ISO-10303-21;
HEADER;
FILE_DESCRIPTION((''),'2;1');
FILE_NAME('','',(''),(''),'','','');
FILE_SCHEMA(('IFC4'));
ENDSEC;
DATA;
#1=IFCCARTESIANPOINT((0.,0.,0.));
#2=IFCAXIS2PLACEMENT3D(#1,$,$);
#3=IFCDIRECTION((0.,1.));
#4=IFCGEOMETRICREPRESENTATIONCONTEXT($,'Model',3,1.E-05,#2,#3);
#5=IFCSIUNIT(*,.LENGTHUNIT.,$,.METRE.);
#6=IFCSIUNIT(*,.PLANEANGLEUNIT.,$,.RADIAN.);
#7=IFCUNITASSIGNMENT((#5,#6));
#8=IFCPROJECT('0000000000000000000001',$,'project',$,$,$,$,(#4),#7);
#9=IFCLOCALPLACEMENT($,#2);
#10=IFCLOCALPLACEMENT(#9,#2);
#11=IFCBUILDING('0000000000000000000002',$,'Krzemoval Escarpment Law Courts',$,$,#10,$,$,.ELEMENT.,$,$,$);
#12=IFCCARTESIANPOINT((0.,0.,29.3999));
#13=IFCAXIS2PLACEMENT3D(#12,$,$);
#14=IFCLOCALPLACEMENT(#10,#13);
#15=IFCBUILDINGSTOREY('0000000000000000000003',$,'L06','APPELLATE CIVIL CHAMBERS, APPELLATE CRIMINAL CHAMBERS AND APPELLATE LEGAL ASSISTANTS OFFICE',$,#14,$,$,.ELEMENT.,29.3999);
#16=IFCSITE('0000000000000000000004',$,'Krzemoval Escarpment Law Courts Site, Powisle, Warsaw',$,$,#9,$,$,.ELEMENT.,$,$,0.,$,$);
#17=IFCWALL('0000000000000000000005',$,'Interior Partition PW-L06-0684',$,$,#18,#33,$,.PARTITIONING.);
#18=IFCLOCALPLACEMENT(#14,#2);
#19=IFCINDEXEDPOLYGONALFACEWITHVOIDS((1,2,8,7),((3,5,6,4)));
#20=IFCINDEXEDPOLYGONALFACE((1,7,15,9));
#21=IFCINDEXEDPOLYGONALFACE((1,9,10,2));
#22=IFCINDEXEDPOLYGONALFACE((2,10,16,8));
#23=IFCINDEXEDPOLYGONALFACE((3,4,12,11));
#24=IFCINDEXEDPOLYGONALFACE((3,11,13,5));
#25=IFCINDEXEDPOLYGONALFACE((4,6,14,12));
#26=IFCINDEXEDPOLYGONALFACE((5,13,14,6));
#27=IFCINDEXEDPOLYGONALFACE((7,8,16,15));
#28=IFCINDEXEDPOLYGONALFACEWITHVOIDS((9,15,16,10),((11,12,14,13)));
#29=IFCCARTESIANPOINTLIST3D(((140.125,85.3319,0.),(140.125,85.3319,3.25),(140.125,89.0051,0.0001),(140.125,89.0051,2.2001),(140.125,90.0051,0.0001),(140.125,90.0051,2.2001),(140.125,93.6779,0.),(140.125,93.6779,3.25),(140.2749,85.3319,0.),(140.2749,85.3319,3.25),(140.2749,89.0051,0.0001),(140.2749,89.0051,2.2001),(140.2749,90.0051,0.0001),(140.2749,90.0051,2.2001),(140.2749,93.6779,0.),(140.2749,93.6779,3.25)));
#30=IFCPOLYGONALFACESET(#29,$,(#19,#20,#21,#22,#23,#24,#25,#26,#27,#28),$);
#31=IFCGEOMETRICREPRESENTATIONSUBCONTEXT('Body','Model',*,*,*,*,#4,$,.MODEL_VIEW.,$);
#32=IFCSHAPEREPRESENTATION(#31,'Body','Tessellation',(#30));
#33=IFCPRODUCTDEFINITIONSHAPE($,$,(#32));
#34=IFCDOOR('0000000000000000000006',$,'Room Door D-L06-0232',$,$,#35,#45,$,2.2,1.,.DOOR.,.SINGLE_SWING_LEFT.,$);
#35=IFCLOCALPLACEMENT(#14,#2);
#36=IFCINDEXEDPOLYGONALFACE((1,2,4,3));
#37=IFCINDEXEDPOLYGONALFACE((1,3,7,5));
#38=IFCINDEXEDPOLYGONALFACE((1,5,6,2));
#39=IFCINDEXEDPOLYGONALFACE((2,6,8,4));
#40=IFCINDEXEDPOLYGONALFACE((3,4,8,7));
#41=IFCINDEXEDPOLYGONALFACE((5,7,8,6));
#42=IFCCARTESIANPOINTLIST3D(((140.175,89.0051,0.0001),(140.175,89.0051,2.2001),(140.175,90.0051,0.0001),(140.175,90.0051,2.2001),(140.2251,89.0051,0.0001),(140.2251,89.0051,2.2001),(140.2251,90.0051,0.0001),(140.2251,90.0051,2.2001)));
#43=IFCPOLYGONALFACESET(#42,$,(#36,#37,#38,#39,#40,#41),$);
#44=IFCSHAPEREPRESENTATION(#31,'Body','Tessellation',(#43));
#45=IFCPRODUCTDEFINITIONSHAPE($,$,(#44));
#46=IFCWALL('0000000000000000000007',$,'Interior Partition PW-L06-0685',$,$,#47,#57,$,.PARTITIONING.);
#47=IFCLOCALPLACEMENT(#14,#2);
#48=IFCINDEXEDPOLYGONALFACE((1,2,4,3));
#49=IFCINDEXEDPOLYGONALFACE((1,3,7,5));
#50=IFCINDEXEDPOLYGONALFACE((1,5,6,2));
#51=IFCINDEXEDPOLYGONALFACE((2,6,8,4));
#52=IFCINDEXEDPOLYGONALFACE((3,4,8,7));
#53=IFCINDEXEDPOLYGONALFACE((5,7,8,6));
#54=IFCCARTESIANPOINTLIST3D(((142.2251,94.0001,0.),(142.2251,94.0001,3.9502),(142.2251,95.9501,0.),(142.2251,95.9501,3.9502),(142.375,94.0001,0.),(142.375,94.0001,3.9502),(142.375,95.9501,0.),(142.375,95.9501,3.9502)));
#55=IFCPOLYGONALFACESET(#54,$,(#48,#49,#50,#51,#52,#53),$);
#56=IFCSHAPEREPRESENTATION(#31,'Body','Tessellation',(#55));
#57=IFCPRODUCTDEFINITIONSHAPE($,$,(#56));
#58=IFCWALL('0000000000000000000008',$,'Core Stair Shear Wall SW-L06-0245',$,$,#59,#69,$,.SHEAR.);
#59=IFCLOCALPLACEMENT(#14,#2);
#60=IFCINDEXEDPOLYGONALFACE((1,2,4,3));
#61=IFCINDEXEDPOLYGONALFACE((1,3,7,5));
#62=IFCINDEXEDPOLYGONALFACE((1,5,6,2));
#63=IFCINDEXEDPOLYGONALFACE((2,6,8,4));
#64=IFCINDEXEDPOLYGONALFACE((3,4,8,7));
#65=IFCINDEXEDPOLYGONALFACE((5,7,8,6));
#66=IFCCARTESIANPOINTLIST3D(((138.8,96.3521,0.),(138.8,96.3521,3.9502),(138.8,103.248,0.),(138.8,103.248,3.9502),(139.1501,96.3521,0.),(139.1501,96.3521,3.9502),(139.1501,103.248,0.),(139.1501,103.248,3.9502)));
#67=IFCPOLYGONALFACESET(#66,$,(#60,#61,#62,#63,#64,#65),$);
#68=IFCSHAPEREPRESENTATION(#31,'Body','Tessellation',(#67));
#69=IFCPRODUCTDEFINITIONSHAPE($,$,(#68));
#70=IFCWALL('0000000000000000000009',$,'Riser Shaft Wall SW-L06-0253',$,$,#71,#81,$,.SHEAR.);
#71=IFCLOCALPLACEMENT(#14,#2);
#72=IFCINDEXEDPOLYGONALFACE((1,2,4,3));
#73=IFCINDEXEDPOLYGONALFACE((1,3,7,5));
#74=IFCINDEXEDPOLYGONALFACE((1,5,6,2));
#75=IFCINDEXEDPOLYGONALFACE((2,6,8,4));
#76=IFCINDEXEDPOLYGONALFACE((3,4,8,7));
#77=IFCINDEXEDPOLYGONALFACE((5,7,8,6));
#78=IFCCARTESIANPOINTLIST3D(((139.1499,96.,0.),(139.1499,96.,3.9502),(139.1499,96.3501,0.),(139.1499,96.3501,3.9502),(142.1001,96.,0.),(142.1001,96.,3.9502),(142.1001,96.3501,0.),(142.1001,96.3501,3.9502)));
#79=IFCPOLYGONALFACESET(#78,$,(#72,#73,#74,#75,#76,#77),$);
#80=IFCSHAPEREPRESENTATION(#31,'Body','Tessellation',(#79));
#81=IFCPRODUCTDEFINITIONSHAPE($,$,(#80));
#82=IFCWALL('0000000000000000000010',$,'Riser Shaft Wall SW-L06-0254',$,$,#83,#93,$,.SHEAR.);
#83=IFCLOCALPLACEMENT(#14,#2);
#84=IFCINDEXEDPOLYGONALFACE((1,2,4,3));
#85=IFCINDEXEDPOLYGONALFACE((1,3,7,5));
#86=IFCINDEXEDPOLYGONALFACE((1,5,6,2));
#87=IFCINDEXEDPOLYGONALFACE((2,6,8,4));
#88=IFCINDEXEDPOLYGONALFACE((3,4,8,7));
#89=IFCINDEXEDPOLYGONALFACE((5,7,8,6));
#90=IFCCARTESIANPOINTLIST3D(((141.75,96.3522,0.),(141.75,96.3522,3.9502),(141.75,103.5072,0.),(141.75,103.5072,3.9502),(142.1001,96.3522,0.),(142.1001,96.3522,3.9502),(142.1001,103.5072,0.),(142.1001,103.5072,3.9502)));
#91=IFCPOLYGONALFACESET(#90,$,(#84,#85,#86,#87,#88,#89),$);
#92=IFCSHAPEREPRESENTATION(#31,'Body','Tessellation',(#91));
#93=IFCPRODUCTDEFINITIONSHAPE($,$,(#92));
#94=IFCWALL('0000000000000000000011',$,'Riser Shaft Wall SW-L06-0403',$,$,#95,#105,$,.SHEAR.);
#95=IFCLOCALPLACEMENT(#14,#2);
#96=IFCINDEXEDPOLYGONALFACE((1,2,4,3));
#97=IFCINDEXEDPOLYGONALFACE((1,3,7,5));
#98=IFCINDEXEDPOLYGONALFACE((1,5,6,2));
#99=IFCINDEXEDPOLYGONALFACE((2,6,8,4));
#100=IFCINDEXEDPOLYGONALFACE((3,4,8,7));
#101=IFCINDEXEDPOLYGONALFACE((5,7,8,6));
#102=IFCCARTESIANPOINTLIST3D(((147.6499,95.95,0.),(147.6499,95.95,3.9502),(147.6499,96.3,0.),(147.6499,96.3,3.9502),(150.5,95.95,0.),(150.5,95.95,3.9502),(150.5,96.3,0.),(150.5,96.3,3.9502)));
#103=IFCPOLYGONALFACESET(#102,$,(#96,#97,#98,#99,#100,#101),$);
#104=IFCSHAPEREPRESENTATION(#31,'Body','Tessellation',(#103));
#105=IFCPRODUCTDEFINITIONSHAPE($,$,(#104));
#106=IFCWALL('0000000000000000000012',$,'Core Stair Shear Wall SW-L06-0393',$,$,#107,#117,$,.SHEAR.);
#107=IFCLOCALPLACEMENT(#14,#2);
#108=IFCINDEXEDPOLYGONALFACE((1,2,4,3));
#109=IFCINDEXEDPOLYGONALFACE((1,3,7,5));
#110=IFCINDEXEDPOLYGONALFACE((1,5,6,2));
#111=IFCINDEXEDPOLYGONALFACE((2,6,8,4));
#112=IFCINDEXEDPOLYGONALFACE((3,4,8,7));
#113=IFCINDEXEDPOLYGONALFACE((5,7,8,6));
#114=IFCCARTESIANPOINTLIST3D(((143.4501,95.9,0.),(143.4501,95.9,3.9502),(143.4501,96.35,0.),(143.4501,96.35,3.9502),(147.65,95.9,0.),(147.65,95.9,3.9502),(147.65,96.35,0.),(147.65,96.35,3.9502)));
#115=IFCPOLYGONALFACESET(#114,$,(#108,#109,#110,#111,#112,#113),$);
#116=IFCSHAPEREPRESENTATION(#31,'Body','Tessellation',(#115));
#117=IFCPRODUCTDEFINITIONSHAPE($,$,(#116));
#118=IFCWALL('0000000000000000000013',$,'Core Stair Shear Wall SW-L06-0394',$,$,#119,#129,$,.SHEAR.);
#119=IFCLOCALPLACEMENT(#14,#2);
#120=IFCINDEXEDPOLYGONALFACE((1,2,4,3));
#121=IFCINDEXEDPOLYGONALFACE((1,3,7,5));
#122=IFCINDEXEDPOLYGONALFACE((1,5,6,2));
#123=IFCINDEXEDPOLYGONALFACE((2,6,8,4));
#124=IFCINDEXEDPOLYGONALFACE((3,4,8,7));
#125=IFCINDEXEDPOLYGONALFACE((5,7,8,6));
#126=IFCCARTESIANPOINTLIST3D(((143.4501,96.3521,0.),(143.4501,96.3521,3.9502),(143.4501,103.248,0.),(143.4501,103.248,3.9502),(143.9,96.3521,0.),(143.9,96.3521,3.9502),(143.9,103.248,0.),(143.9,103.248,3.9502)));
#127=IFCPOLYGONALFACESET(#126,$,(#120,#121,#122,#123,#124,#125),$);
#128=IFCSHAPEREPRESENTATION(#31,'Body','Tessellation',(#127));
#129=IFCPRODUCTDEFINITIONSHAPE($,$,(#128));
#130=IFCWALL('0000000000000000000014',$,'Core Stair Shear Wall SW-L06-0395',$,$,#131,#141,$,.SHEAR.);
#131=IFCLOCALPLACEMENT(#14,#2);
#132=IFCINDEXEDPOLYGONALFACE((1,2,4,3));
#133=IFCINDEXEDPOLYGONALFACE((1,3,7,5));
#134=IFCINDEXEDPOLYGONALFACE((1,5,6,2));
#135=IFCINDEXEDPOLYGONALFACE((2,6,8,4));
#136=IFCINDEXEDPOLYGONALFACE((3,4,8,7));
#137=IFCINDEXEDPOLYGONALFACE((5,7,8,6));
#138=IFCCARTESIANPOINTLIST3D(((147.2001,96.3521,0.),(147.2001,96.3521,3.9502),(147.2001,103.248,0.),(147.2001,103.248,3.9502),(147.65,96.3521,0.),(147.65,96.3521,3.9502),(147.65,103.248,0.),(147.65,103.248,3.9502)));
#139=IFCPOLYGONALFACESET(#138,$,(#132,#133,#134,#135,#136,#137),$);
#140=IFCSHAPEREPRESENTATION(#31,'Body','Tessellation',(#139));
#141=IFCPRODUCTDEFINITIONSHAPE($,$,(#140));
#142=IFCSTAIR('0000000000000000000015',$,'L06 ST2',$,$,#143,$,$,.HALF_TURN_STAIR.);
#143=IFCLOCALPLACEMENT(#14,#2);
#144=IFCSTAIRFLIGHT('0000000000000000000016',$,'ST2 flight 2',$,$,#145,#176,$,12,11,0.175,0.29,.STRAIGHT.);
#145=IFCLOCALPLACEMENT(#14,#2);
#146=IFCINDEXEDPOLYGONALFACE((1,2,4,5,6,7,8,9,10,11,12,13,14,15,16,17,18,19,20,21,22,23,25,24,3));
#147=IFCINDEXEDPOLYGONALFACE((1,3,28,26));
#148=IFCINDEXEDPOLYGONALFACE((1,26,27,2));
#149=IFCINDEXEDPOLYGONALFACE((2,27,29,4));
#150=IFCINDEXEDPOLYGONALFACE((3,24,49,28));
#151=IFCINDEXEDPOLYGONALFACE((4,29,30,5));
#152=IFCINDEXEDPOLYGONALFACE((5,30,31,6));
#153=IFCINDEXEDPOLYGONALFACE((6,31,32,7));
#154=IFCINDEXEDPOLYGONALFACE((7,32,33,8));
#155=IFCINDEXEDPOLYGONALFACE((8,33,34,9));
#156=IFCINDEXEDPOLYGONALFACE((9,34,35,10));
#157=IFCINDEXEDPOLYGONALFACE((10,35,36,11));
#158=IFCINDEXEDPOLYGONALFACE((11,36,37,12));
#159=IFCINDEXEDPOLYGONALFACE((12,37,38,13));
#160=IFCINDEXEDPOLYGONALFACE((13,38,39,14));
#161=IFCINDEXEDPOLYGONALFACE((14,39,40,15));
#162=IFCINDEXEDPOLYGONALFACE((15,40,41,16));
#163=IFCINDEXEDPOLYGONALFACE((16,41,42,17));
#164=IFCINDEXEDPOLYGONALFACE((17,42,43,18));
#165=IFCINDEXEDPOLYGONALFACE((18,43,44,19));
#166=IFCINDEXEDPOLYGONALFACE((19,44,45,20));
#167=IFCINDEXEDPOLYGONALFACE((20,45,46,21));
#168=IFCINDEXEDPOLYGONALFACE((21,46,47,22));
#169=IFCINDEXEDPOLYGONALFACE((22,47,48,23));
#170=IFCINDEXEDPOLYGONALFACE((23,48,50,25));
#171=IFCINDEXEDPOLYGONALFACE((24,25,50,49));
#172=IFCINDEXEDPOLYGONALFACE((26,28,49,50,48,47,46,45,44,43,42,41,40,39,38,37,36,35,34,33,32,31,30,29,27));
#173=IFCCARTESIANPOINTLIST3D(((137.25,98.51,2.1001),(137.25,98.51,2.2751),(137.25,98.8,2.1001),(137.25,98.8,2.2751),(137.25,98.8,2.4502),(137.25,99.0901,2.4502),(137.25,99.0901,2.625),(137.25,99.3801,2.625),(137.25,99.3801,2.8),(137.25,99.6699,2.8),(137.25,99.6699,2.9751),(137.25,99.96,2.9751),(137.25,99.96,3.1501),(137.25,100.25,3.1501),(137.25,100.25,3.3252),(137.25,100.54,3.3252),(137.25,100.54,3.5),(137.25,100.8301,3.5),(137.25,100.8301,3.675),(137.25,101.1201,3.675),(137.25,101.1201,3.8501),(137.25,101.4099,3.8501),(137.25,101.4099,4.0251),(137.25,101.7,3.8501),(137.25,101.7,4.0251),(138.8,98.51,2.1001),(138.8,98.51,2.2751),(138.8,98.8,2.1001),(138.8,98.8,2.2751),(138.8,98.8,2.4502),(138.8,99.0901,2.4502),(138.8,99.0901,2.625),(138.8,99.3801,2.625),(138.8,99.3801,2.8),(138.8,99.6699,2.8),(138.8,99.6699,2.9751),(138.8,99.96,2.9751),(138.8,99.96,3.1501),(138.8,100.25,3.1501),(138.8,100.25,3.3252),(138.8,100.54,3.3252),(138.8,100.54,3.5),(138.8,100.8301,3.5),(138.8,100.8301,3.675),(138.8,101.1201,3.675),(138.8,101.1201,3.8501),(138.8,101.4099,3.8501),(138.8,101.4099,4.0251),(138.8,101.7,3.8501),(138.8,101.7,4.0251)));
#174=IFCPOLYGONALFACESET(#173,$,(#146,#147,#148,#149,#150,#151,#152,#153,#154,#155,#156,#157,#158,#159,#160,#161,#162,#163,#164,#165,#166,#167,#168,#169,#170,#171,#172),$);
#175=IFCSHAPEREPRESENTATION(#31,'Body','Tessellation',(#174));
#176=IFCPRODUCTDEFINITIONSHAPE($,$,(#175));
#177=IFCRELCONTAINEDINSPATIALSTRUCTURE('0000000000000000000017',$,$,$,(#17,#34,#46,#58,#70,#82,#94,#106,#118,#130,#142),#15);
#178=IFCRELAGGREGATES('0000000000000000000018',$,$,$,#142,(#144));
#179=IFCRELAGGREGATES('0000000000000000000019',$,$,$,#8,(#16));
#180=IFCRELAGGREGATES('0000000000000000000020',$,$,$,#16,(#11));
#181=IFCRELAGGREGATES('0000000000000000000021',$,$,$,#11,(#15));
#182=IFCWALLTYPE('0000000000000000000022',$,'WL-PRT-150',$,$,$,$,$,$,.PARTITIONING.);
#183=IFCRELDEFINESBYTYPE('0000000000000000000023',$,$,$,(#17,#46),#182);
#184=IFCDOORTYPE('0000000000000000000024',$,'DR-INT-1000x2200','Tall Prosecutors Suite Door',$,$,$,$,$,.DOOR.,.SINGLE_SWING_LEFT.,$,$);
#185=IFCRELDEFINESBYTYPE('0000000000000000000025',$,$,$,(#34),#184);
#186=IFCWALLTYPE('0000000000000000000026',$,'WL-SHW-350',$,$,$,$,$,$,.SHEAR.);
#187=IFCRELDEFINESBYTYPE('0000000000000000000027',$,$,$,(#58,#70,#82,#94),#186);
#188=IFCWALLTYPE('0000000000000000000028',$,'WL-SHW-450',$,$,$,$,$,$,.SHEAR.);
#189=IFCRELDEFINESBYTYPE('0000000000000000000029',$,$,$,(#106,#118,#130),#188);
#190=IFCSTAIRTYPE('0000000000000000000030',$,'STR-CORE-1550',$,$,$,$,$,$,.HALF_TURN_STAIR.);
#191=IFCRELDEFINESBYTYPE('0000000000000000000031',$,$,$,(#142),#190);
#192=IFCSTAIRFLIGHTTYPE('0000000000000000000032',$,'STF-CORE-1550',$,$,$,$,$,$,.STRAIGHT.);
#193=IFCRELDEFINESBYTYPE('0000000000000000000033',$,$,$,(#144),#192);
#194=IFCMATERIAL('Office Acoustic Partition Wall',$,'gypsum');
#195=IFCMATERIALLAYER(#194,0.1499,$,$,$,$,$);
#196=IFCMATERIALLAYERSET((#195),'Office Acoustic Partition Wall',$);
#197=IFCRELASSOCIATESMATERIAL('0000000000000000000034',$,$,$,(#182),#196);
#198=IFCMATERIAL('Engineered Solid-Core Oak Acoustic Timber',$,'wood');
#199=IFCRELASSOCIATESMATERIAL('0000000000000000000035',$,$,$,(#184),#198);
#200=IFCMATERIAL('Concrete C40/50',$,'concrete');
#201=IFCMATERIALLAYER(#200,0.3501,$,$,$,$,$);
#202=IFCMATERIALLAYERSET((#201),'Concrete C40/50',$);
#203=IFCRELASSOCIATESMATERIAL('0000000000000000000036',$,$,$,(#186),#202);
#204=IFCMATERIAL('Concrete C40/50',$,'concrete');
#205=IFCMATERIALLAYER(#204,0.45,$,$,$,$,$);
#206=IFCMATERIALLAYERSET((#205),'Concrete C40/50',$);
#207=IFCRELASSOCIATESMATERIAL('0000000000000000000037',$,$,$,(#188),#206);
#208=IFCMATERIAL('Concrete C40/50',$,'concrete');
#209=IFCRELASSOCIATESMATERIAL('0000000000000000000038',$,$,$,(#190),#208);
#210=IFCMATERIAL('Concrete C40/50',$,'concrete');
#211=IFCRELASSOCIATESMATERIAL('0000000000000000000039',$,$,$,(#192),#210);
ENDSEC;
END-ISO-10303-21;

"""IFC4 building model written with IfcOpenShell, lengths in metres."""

from ifc_helpers import new_model, si_unit, direction, frame, frame_2d, origin, place, context, subcontext, project, spatial, polyline, rectangle, outline, extrude, material, layer, layer_set, type_object, element, fill, aggregate, save


model = new_model("IFC4")

# Units and contexts
model_context = context("Model", 3, precision=1e-05, world=origin(), true_north=direction((0.0, 1.0)))
body_context = subcontext(model_context, "Body", "Model", "MODEL_VIEW")
ifc_project = project(units=[si_unit("LENGTHUNIT", "METRE"), si_unit("PLANEANGLEUNIT", "RADIAN")], contexts=[model_context])

# Site, building, storey
site_placement = place(None, origin())
site = spatial("IfcSite", under=ifc_project, at=site_placement, Name="Krzemoval Escarpment Law Courts Site, Powisle, Warsaw", CompositionType="ELEMENT", RefElevation=0.0)
building_placement = place(site_placement, origin())
building = spatial("IfcBuilding", under=site, at=building_placement, Name="Krzemoval Escarpment Law Courts", CompositionType="ELEMENT")
storey_placement = place(building_placement, frame((0.0, 0.0, 29.3999)))
storey = spatial("IfcBuildingStorey", under=building, at=storey_placement, Name="L06", Description="APPELLATE CIVIL CHAMBERS, APPELLATE CRIMINAL CHAMBERS AND APPELLATE LEGAL ASSISTANTS OFFICE", CompositionType="ELEMENT", Elevation=29.3999)

# Wall, opening, door
ifc_material_1 = material(Name="Office Acoustic Partition Wall", Category="gypsum")
ifc_layer_1 = layer(ifc_material_1, 0.1499)
ifc_layer_set_1 = layer_set([ifc_layer_1], Name="Office Acoustic Partition Wall")
wall_type_1 = type_object("IfcWallType", Name="WL-PRT-150", PredefinedType="PARTITIONING", material=ifc_layer_set_1)
wall_1_placement = place(storey_placement, frame((140.2, 85.332, 0.0), z_axis=(0.0, 0.0, 1.0), x_axis=(0.0, 1.0, 0.0)))
wall_1 = element("IfcWall", 1, at=wall_1_placement, inside=storey, type_object=wall_type_1, Name="Interior Partition PW-L06-0684", PredefinedType="PARTITIONING", context=body_context, shape_type="SweptSolid", body=[
    extrude(rectangle(XDim=8.3459, YDim=0.1499, at=frame_2d((4.1729, 0.0))), origin(), (0.0, 0.0, 1.0), 3.25),
])
opening_1_placement = place(wall_1_placement, frame((3.6731, 0.0, 0.0)))
opening_1 = element("IfcOpeningElement", 2, at=opening_1_placement, cuts=wall_1, PredefinedType="OPENING", context=body_context, shape_type="SweptSolid", body=[
    extrude(rectangle(XDim=1.0, YDim=2.2, at=frame_2d((0.5, 1.1001))), frame((0.0, 0.09, 0.0), z_axis=(0.0, -1.0, 0.0), x_axis=(1.0, 0.0, 0.0)), (0.0, 0.0, 1.0), 0.1799),
])
ifc_material_2 = material(Name="Engineered Solid-Core Oak Acoustic Timber", Category="wood")
door_type = type_object("IfcDoorType", Name="DR-INT-1000x2200", Description="Tall Prosecutors Suite Door", OperationType="SINGLE_SWING_LEFT", PredefinedType="DOOR", material=ifc_material_2)
door_placement = place(opening_1_placement, origin())
door = element("IfcDoor", 3, at=door_placement, inside=storey, type_object=door_type, Name="Room Door D-L06-0232", OperationType="SINGLE_SWING_LEFT", OverallHeight=2.2, OverallWidth=1.0, PredefinedType="DOOR", context=body_context, shape_type="SweptSolid", body=[
    extrude(rectangle(XDim=1.0, YDim=2.2, at=frame_2d((0.5, 1.1001))), frame((0.0, 0.0249, 0.0), z_axis=(0.0, -1.0, 0.0), x_axis=(1.0, 0.0, 0.0)), (0.0, 0.0, 1.0), 0.05),
])
fill(opening_1, door)

# Walls
wall_2_placement = place(storey_placement, frame((142.3, 94.0, 0.0), z_axis=(0.0, 0.0, 1.0), x_axis=(0.0, 1.0, 0.0)))
element("IfcWall", 4, at=wall_2_placement, inside=storey, type_object=wall_type_1, Name="Interior Partition PW-L06-0685", PredefinedType="PARTITIONING", context=body_context, shape_type="SweptSolid", body=[
    extrude(rectangle(XDim=1.95, YDim=0.1499, at=frame_2d((0.9751, 0.0))), origin(), (0.0, 0.0, 1.0), 3.9502),
])
ifc_material_3 = material(Name="Concrete C40/50", Category="concrete")
ifc_layer_2 = layer(ifc_material_3, 0.3501)
ifc_layer_set_2 = layer_set([ifc_layer_2], Name="Concrete C40/50")
wall_type_2 = type_object("IfcWallType", Name="WL-SHW-350", PredefinedType="SHEAR", material=ifc_layer_set_2)
wall_3_placement = place(storey_placement, frame((138.9751, 96.3521, 0.0), z_axis=(0.0, 0.0, 1.0), x_axis=(0.0, 1.0, 0.0)))
element("IfcWall", 5, at=wall_3_placement, inside=storey, type_object=wall_type_2, Name="Core Stair Shear Wall SW-L06-0245", PredefinedType="SHEAR", context=body_context, shape_type="SweptSolid", body=[
    extrude(rectangle(XDim=6.896, YDim=0.3501, at=frame_2d((3.448, 0.0))), origin(), (0.0, 0.0, 1.0), 3.9502),
])
wall_4_placement = place(storey_placement, frame((139.1499, 96.175, 0.0), z_axis=(0.0, 0.0, 1.0), x_axis=(1.0, 0.0, 0.0)))
element("IfcWall", 6, at=wall_4_placement, inside=storey, type_object=wall_type_2, Name="Riser Shaft Wall SW-L06-0253", PredefinedType="SHEAR", context=body_context, shape_type="SweptSolid", body=[
    extrude(rectangle(XDim=2.9502, YDim=0.3501, at=frame_2d((1.4751, 0.0))), origin(), (0.0, 0.0, 1.0), 3.9502),
])
wall_5_placement = place(storey_placement, frame((141.925, 96.3521, 0.0), z_axis=(0.0, 0.0, 1.0), x_axis=(0.0, 1.0, 0.0)))
element("IfcWall", 7, at=wall_5_placement, inside=storey, type_object=wall_type_2, Name="Riser Shaft Wall SW-L06-0254", PredefinedType="SHEAR", context=body_context, shape_type="SweptSolid", body=[
    extrude(rectangle(XDim=7.155, YDim=0.3501, at=frame_2d((3.5776, 0.0))), origin(), (0.0, 0.0, 1.0), 3.9502),
])
wall_6_placement = place(storey_placement, frame((147.6499, 96.125, 0.0), z_axis=(0.0, 0.0, 1.0), x_axis=(1.0, 0.0, 0.0)))
element("IfcWall", 8, at=wall_6_placement, inside=storey, type_object=wall_type_2, Name="Riser Shaft Wall SW-L06-0403", PredefinedType="SHEAR", context=body_context, shape_type="SweptSolid", body=[
    extrude(rectangle(XDim=2.8501, YDim=0.3501, at=frame_2d((1.425, 0.0))), origin(), (0.0, 0.0, 1.0), 3.9502),
])
ifc_material_4 = material(Name="Concrete C40/50", Category="concrete")
ifc_layer_3 = layer(ifc_material_4, 0.45)
ifc_layer_set_3 = layer_set([ifc_layer_3], Name="Concrete C40/50")
wall_type_3 = type_object("IfcWallType", Name="WL-SHW-450", PredefinedType="SHEAR", material=ifc_layer_set_3)
wall_7_placement = place(storey_placement, frame((143.45, 96.125, 0.0), z_axis=(0.0, 0.0, 1.0), x_axis=(1.0, 0.0, 0.0)))
element("IfcWall", 9, at=wall_7_placement, inside=storey, type_object=wall_type_3, Name="Core Stair Shear Wall SW-L06-0393", PredefinedType="SHEAR", context=body_context, shape_type="SweptSolid", body=[
    extrude(rectangle(XDim=4.2, YDim=0.45, at=frame_2d((2.1001, 0.0))), origin(), (0.0, 0.0, 1.0), 3.9502),
])
for number, where, z_axis, x_axis, name in (
    (10, (143.675, 96.3521, 0.0), (0.0, 0.0, 1.0), (0.0, 1.0, 0.0), "Core Stair Shear Wall SW-L06-0394"),
    (11, (147.425, 96.3521, 0.0), (0.0, 0.0, 1.0), (0.0, 1.0, 0.0), "Core Stair Shear Wall SW-L06-0395"),
):
    element("IfcWall", number, at=place(storey_placement, frame(where, z_axis=z_axis, x_axis=x_axis)), inside=storey, type_object=wall_type_3, Name=name, PredefinedType="SHEAR", context=body_context, shape_type="SweptSolid", body=[
        extrude(rectangle(XDim=6.896, YDim=0.45, at=frame_2d((3.448, 0.0))), origin(), (0.0, 0.0, 1.0), 3.9502),
    ])

# Stair, stair flight
ifc_material_5 = material(Name="Concrete C40/50", Category="concrete")
stair_type = type_object("IfcStairType", Name="STR-CORE-1550", PredefinedType="HALF_TURN_STAIR", material=ifc_material_5)
stair_placement = place(storey_placement, origin())
stair = element("IfcStair", 12, at=stair_placement, inside=storey, type_object=stair_type, Name="L06 ST2", PredefinedType="HALF_TURN_STAIR")
ifc_material_6 = material(Name="Concrete C40/50", Category="concrete")
stair_flight_type = type_object("IfcStairFlightType", Name="STF-CORE-1550", PredefinedType="STRAIGHT", material=ifc_material_6)
stair_flight_placement = place(storey_placement, frame((138.0249, 98.51, 2.1001), z_axis=(0.0, 0.0, 1.0), x_axis=(0.0, 1.0, 0.0)))
stair_flight = element("IfcStairFlight", 13, at=stair_flight_placement, type_object=stair_flight_type, Name="ST2 flight 2", NumberOfRisers=12, NumberOfTreads=11, PredefinedType="STRAIGHT", RiserHeight=0.175, TreadLength=0.29, context=body_context, shape_type="SweptSolid", body=[
    extrude(outline(polyline([(0.0, 0.0), (0.0, 0.175), (0.29, 0.175), (0.29, 0.3501), (0.5801, 0.3501), (0.5801, 0.5249), (0.8701, 0.5249), (0.8701, 0.7), (1.1599, 0.7), (1.1599, 0.875), (1.45, 0.875), (1.45, 1.05), (1.74, 1.05), (1.74, 1.2251), (2.03, 1.2251), (2.03, 1.3999), (2.3201, 1.3999), (2.3201, 1.575), (2.6101, 1.575), (2.6101, 1.75), (2.8999, 1.75), (2.8999, 1.925), (3.1899, 1.925), (3.1899, 2.1001), (3.1899, 1.75), (0.29, 0.0), (0.0, 0.0)])), frame((0.0, 0.7749, 0.0), z_axis=(0.0, -1.0, 0.0), x_axis=(1.0, 0.0, 0.0)), (0.0, 0.0, 1.0), 1.55),
])
aggregate(stair, [stair_flight])

save(model, "model.ifc")
